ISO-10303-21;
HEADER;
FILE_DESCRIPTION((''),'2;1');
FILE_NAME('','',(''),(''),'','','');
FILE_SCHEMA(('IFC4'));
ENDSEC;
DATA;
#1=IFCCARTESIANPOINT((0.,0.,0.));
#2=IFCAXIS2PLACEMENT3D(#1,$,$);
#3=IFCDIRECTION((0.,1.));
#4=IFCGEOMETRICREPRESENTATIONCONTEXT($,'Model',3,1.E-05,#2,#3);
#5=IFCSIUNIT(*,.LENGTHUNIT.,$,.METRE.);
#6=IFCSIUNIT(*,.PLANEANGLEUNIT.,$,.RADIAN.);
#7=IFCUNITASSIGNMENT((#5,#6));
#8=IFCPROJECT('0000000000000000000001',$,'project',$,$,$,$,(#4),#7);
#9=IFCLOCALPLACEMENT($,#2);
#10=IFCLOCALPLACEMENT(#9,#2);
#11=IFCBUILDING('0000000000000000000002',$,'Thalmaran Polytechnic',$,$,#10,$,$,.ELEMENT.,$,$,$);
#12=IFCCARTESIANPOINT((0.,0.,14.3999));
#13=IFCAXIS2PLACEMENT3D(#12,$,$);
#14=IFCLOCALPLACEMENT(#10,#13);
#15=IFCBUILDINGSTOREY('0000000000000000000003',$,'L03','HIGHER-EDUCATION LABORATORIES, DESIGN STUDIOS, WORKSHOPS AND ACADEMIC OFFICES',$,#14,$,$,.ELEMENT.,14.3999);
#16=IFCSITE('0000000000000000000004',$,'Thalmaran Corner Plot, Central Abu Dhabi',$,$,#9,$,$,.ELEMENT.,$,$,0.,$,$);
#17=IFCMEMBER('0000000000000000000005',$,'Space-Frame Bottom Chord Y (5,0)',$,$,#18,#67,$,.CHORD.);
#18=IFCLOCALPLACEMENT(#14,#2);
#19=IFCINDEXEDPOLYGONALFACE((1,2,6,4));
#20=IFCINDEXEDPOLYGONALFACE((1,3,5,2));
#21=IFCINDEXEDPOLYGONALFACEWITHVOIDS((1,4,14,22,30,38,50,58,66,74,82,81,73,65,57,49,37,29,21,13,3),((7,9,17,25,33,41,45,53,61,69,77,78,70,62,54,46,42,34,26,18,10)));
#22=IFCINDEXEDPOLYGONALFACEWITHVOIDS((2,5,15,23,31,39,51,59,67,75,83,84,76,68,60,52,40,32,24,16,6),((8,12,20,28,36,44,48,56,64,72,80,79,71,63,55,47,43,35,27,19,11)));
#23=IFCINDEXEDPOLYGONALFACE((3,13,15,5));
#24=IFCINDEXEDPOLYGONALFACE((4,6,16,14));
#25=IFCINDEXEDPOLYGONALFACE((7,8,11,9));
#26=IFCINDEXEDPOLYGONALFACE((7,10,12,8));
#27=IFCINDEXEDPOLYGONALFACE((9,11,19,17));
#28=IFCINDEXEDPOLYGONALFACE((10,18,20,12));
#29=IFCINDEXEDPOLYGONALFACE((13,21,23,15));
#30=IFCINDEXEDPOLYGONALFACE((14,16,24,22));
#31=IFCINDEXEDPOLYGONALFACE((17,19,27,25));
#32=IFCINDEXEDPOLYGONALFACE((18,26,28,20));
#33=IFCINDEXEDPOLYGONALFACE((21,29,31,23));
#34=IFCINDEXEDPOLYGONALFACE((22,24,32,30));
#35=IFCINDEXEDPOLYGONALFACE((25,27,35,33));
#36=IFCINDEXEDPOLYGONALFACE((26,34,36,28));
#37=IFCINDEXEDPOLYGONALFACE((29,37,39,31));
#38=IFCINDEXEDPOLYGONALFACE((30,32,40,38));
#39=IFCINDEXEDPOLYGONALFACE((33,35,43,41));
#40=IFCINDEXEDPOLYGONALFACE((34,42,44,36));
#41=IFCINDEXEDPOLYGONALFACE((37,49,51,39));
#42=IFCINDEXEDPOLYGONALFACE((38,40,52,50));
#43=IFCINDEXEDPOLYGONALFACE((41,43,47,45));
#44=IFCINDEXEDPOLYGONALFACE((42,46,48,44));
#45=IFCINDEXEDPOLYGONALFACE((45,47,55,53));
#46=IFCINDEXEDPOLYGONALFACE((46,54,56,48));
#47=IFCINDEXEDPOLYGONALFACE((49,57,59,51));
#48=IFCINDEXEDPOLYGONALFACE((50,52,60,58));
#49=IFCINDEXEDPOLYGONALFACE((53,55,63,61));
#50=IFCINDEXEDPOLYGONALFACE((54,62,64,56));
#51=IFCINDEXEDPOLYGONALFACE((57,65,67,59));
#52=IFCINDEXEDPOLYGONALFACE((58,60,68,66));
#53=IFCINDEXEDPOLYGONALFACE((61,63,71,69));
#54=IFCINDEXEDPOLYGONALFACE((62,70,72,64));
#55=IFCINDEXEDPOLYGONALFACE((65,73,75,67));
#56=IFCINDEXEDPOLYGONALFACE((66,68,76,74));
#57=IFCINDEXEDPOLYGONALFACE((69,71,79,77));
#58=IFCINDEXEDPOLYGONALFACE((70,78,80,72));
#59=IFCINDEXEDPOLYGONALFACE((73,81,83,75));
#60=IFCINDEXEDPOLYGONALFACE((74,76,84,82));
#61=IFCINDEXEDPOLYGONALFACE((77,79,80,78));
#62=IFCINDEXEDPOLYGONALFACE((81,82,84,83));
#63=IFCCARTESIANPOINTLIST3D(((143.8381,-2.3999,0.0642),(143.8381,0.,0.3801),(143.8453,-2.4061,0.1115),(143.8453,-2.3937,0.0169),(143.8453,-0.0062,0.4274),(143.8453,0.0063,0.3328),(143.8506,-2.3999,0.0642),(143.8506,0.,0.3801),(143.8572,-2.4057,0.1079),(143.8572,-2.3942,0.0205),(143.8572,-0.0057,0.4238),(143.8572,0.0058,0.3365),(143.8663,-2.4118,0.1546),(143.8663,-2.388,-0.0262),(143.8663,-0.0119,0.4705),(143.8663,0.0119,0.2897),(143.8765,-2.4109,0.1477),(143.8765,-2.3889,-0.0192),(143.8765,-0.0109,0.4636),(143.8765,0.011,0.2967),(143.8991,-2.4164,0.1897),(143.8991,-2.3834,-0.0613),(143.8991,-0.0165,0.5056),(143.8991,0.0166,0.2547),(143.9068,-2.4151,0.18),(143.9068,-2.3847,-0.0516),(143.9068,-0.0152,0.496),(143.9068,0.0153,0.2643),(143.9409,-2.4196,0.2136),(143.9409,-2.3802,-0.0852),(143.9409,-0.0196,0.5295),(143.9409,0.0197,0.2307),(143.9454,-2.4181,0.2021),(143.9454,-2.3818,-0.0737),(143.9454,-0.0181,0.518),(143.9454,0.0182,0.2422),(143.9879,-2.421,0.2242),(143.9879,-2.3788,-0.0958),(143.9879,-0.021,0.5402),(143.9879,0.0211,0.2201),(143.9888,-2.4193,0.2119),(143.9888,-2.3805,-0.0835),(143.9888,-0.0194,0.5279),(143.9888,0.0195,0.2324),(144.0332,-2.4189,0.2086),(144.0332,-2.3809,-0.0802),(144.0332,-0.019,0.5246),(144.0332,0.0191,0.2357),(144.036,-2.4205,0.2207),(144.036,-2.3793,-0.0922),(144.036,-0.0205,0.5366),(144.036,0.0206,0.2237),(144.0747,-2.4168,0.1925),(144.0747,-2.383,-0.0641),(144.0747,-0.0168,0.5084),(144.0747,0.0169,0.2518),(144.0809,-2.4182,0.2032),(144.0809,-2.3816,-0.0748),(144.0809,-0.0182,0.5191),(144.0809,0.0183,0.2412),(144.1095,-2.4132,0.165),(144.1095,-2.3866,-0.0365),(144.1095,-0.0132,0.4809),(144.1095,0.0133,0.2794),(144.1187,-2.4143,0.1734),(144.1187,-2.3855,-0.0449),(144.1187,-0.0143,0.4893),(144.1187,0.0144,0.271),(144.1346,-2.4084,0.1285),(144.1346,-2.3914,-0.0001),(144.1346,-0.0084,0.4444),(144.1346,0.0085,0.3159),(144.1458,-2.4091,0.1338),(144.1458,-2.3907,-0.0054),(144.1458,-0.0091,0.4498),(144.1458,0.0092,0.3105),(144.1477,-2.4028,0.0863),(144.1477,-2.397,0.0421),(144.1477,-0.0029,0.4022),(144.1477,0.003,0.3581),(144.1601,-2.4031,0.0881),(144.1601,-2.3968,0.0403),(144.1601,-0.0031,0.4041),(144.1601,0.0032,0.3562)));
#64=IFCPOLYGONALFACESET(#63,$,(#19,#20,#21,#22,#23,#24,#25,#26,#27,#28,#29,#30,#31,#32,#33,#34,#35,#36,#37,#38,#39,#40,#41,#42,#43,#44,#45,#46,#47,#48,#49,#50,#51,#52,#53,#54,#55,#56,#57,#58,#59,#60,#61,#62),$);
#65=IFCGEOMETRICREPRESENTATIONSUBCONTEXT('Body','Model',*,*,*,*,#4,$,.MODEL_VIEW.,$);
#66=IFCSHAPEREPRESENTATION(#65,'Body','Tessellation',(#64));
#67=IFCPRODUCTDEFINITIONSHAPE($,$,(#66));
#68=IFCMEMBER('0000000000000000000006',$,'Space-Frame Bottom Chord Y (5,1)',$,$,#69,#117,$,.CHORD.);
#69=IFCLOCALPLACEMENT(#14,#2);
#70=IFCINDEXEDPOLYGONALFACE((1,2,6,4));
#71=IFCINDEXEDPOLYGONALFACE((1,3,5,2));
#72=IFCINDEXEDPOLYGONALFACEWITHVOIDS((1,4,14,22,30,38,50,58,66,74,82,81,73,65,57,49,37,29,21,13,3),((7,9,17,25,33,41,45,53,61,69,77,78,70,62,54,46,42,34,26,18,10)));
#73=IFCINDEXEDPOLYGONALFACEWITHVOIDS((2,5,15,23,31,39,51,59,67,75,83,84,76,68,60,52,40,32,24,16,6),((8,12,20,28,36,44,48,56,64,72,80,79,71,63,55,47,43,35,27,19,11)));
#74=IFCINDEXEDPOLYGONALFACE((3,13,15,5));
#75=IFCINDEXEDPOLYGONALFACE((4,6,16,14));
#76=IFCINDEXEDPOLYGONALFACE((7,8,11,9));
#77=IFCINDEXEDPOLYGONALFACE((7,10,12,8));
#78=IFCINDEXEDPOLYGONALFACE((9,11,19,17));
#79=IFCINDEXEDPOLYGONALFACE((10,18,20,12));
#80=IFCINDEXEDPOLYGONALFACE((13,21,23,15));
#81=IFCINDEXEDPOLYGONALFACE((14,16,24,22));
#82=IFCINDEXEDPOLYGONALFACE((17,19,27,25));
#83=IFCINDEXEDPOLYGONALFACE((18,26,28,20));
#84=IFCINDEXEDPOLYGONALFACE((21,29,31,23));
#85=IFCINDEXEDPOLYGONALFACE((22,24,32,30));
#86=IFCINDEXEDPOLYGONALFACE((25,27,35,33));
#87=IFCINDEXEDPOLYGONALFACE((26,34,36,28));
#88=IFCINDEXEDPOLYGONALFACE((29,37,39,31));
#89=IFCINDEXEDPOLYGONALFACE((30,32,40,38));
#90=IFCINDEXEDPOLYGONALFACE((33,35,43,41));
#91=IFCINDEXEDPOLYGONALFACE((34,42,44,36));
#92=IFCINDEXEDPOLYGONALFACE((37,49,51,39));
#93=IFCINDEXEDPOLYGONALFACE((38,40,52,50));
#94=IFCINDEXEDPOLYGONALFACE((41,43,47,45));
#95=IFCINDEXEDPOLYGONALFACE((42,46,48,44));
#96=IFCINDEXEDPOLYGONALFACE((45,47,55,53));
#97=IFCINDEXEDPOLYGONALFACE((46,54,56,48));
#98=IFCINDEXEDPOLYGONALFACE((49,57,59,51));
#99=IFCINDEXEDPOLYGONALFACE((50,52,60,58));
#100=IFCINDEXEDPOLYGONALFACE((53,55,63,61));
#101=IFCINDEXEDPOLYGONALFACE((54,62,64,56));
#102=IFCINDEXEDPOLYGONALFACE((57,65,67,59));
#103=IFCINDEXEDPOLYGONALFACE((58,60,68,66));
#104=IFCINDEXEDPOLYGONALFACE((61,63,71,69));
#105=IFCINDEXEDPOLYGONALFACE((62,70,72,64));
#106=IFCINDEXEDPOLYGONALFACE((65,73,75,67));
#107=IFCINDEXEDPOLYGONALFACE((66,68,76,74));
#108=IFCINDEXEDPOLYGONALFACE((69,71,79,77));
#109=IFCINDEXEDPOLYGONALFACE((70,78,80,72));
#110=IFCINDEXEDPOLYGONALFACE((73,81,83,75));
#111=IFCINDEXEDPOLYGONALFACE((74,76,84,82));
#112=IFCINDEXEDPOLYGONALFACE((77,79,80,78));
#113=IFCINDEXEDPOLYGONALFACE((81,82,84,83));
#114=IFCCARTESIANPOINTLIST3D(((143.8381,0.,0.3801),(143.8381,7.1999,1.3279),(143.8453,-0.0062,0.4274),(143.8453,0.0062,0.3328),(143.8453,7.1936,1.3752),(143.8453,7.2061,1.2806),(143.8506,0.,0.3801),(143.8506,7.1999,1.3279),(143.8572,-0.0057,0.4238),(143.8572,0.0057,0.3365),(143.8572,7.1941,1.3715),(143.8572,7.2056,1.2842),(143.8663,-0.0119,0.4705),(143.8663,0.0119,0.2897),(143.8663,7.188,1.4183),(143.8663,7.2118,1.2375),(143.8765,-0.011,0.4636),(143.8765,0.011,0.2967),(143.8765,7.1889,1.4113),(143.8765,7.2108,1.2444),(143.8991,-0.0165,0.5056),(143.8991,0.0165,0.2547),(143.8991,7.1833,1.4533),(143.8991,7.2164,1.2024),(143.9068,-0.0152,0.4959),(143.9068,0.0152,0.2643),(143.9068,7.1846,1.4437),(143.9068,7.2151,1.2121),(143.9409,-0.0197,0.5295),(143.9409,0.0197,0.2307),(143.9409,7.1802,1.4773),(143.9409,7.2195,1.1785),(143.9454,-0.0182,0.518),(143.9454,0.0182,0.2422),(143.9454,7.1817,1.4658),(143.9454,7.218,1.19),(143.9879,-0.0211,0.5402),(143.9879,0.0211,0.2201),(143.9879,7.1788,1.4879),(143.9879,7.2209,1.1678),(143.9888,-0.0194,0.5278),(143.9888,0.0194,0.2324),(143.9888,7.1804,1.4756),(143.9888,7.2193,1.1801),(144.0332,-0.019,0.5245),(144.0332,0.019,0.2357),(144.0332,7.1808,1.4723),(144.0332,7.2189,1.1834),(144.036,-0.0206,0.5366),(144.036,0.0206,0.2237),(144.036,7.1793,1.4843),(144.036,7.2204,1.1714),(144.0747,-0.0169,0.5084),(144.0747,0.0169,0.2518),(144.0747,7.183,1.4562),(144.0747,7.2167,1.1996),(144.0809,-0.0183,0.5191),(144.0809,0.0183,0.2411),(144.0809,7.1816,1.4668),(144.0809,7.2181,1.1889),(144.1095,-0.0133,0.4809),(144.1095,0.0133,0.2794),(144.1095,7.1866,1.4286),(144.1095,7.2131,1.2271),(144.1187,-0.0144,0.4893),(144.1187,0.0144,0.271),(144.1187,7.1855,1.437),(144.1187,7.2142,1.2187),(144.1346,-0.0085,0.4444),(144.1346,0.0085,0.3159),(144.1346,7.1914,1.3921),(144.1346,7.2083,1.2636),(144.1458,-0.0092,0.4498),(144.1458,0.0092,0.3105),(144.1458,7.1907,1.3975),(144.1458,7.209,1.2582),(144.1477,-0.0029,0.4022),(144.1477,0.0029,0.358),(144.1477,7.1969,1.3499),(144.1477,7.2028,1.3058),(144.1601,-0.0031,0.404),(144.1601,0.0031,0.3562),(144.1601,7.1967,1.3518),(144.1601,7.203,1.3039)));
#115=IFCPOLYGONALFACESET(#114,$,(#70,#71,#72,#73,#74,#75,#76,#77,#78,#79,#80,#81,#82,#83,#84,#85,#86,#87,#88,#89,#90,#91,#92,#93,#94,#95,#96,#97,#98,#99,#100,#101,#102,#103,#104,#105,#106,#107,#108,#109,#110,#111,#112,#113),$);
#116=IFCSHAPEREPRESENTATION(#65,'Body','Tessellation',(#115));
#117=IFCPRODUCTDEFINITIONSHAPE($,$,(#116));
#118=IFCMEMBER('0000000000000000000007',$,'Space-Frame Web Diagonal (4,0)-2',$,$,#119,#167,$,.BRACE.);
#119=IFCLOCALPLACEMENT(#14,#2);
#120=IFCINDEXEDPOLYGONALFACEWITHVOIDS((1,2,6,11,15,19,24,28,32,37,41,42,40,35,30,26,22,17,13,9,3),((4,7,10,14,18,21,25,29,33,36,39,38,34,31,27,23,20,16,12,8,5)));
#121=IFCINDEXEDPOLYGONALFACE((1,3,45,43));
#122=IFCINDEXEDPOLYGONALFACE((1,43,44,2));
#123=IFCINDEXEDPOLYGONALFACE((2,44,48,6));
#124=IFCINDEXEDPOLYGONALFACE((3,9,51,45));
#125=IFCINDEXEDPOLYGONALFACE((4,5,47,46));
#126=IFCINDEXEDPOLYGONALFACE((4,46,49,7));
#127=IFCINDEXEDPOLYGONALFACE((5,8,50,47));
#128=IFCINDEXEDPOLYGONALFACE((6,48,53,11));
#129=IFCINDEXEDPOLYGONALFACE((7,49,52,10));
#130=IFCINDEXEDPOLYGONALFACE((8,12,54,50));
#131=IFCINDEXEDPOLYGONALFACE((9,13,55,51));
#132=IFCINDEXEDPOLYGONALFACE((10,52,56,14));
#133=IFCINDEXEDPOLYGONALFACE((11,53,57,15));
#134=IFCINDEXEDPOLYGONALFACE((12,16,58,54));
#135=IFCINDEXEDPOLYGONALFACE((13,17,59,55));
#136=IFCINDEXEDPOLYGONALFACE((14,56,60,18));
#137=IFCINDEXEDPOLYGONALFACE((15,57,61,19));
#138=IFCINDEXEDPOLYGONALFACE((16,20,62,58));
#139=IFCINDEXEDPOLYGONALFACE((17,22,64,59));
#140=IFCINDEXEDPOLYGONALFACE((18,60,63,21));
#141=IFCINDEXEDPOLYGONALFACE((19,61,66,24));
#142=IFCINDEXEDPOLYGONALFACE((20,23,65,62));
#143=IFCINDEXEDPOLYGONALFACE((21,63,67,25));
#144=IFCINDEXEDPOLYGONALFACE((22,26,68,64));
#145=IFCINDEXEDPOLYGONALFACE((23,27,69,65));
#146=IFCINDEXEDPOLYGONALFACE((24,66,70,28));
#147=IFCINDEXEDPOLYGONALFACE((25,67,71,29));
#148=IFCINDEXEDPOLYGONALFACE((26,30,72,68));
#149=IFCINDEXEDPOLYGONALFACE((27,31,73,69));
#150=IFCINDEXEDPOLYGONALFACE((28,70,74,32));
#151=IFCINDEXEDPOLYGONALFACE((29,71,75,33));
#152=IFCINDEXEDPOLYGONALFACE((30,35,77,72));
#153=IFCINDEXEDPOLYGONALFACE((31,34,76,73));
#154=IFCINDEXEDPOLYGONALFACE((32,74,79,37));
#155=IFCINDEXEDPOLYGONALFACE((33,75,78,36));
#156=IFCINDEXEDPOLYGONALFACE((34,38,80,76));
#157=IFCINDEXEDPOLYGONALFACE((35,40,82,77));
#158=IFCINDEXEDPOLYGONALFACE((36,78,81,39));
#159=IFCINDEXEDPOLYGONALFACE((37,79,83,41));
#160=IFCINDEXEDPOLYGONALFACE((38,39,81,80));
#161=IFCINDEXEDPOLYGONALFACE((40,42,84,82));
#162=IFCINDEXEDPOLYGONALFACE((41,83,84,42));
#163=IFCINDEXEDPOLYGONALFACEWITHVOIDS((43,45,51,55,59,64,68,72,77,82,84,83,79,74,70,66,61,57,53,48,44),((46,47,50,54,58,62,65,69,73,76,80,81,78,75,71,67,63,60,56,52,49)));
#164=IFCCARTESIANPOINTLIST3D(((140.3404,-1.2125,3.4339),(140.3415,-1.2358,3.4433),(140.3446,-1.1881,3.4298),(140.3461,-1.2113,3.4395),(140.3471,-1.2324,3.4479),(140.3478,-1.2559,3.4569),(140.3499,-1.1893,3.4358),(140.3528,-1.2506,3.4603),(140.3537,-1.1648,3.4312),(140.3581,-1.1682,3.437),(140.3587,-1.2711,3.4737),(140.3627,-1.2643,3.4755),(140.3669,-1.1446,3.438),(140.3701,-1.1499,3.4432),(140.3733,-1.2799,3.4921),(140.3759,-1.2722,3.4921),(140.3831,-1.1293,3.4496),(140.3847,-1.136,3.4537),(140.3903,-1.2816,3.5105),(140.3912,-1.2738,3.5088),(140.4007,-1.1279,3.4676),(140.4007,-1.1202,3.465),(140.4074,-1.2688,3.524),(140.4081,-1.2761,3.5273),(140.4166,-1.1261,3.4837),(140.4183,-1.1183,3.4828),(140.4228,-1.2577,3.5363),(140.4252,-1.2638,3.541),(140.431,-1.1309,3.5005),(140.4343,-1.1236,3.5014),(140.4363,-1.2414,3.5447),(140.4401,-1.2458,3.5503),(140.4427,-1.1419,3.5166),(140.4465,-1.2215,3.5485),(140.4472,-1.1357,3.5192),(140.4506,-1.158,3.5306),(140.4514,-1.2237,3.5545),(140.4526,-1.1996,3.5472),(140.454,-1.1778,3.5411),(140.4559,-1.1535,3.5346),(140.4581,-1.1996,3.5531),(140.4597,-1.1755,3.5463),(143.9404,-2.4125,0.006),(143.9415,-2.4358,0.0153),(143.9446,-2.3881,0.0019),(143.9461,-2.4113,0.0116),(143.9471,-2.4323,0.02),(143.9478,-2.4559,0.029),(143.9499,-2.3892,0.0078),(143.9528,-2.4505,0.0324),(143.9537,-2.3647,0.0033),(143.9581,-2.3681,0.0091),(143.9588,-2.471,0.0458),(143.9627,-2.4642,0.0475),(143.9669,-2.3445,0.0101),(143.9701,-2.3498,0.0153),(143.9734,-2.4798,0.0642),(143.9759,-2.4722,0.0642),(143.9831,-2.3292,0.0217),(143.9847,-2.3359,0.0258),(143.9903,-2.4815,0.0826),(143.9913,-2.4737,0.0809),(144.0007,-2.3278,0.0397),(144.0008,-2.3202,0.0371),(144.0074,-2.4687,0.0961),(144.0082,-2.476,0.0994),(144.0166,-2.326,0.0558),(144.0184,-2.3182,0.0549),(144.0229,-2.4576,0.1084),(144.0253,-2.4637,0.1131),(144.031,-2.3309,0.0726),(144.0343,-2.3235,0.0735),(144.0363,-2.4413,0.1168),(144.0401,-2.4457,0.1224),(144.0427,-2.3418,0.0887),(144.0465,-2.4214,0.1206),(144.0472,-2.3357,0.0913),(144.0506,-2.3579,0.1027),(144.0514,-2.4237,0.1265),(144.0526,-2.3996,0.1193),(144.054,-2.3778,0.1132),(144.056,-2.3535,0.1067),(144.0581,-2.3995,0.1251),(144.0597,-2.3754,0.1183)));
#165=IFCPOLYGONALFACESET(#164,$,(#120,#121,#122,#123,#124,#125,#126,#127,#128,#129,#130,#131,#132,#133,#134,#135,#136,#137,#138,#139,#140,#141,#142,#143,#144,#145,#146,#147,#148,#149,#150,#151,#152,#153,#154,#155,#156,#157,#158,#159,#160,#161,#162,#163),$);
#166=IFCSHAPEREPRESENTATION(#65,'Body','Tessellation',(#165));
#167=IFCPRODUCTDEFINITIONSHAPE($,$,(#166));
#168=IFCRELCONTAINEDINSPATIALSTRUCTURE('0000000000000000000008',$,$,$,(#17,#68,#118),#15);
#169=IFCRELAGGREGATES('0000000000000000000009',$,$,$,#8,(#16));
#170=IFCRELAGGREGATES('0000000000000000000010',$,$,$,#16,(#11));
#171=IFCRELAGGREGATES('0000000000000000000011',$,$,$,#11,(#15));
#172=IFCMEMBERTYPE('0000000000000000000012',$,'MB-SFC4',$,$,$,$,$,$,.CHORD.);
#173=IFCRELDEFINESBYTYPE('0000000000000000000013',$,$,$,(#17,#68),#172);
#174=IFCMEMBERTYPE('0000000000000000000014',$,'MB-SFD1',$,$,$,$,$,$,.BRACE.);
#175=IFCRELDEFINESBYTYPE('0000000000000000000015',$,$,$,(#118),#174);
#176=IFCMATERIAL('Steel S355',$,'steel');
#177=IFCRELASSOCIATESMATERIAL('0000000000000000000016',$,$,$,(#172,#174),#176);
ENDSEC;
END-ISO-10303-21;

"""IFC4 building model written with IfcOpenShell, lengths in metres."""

from ifc_helpers import new_model, si_unit, direction, frame, origin, origin_2d, place, context, subcontext, project, spatial, hollow_circle, extrude, material, material_profile, profile_set, type_object, element, save


model = new_model("IFC4")

# Units and contexts
model_context = context("Model", 3, precision=1e-05, world=origin(), true_north=direction((0.0, 1.0)))
body_context = subcontext(model_context, "Body", "Model", "MODEL_VIEW")
ifc_project = project(units=[si_unit("LENGTHUNIT", "METRE"), si_unit("PLANEANGLEUNIT", "RADIAN")], contexts=[model_context])

# Site, building, storey
site_placement = place(None, origin())
site = spatial("IfcSite", under=ifc_project, at=site_placement, Name="Thalmaran Corner Plot, Central Abu Dhabi", CompositionType="ELEMENT", RefElevation=0.0)
building_placement = place(site_placement, origin())
building = spatial("IfcBuilding", under=site, at=building_placement, Name="Thalmaran Polytechnic", CompositionType="ELEMENT")
storey_placement = place(building_placement, frame((0.0, 0.0, 14.3999)))
storey = spatial("IfcBuildingStorey", under=building, at=storey_placement, Name="L03", Description="HIGHER-EDUCATION LABORATORIES, DESIGN STUDIOS, WORKSHOPS AND ACADEMIC OFFICES", CompositionType="ELEMENT", Elevation=14.3999)

# Shared definitions
ifc_material_1 = material(Name="Steel S355", Category="steel")

# Members
ifc_material_profile_1 = material_profile(ifc_material_1, hollow_circle(Radius=0.1619, WallThickness=0.0125, at=origin_2d()), Name="CHS 323.9x12.5")
ifc_profile_set_1 = profile_set([ifc_material_profile_1], Name="Steel S355")
member_type_1 = type_object("IfcMemberType", Name="MB-SFC4", PredefinedType="CHORD", material=ifc_profile_set_1)
member_1_placement = place(storey_placement, frame((144.0, -2.3999, 0.0642), z_axis=(0.0, 0.991447, 0.130512), x_axis=(-1.0, 0.0, 0.0)))
element("IfcMember", 1, at=member_1_placement, inside=storey, type_object=member_type_1, Name="Space-Frame Bottom Chord Y (5,0)", PredefinedType="CHORD", context=body_context, shape_type="SweptSolid", body=[
    extrude(hollow_circle(Radius=0.1619, WallThickness=0.0125, at=origin_2d()), origin(), (0.0, 0.0, 1.0), 2.4207),
])
member_2_placement = place(storey_placement, frame((144.0, 0.0, 0.3801), z_axis=(0.0, 0.991447, 0.130508), x_axis=(-1.0, 0.0, 0.0)))
element("IfcMember", 2, at=member_2_placement, inside=storey, type_object=member_type_1, Name="Space-Frame Bottom Chord Y (5,1)", PredefinedType="CHORD", context=body_context, shape_type="SweptSolid", body=[
    extrude(hollow_circle(Radius=0.1619, WallThickness=0.0125, at=origin_2d()), origin(), (0.0, 0.0, 1.0), 7.262),
])
ifc_material_profile_2 = material_profile(ifc_material_1, hollow_circle(Radius=0.0842, WallThickness=0.0081, at=origin_2d()), Name="CHS 168.3x8.0")
ifc_profile_set_2 = profile_set([ifc_material_profile_2], Name="Steel S355")
member_type_2 = type_object("IfcMemberType", Name="MB-SFD1", PredefinedType="BRACE", material=ifc_profile_set_2)
member_3_placement = place(storey_placement, frame((144.0, -2.3999, 0.0642), z_axis=(-0.703988, 0.234647, 0.67033), x_axis=(-0.316208, -0.94869, 0.0)))
element("IfcMember", 3, at=member_3_placement, inside=storey, type_object=member_type_2, Name="Space-Frame Web Diagonal (4,0)-2", PredefinedType="BRACE", context=body_context, shape_type="SweptSolid", body=[
    extrude(hollow_circle(Radius=0.0842, WallThickness=0.0081, at=origin_2d()), origin(), (0.0, 0.0, 1.0), 5.1138),
])

save(model, "model.ifc")
